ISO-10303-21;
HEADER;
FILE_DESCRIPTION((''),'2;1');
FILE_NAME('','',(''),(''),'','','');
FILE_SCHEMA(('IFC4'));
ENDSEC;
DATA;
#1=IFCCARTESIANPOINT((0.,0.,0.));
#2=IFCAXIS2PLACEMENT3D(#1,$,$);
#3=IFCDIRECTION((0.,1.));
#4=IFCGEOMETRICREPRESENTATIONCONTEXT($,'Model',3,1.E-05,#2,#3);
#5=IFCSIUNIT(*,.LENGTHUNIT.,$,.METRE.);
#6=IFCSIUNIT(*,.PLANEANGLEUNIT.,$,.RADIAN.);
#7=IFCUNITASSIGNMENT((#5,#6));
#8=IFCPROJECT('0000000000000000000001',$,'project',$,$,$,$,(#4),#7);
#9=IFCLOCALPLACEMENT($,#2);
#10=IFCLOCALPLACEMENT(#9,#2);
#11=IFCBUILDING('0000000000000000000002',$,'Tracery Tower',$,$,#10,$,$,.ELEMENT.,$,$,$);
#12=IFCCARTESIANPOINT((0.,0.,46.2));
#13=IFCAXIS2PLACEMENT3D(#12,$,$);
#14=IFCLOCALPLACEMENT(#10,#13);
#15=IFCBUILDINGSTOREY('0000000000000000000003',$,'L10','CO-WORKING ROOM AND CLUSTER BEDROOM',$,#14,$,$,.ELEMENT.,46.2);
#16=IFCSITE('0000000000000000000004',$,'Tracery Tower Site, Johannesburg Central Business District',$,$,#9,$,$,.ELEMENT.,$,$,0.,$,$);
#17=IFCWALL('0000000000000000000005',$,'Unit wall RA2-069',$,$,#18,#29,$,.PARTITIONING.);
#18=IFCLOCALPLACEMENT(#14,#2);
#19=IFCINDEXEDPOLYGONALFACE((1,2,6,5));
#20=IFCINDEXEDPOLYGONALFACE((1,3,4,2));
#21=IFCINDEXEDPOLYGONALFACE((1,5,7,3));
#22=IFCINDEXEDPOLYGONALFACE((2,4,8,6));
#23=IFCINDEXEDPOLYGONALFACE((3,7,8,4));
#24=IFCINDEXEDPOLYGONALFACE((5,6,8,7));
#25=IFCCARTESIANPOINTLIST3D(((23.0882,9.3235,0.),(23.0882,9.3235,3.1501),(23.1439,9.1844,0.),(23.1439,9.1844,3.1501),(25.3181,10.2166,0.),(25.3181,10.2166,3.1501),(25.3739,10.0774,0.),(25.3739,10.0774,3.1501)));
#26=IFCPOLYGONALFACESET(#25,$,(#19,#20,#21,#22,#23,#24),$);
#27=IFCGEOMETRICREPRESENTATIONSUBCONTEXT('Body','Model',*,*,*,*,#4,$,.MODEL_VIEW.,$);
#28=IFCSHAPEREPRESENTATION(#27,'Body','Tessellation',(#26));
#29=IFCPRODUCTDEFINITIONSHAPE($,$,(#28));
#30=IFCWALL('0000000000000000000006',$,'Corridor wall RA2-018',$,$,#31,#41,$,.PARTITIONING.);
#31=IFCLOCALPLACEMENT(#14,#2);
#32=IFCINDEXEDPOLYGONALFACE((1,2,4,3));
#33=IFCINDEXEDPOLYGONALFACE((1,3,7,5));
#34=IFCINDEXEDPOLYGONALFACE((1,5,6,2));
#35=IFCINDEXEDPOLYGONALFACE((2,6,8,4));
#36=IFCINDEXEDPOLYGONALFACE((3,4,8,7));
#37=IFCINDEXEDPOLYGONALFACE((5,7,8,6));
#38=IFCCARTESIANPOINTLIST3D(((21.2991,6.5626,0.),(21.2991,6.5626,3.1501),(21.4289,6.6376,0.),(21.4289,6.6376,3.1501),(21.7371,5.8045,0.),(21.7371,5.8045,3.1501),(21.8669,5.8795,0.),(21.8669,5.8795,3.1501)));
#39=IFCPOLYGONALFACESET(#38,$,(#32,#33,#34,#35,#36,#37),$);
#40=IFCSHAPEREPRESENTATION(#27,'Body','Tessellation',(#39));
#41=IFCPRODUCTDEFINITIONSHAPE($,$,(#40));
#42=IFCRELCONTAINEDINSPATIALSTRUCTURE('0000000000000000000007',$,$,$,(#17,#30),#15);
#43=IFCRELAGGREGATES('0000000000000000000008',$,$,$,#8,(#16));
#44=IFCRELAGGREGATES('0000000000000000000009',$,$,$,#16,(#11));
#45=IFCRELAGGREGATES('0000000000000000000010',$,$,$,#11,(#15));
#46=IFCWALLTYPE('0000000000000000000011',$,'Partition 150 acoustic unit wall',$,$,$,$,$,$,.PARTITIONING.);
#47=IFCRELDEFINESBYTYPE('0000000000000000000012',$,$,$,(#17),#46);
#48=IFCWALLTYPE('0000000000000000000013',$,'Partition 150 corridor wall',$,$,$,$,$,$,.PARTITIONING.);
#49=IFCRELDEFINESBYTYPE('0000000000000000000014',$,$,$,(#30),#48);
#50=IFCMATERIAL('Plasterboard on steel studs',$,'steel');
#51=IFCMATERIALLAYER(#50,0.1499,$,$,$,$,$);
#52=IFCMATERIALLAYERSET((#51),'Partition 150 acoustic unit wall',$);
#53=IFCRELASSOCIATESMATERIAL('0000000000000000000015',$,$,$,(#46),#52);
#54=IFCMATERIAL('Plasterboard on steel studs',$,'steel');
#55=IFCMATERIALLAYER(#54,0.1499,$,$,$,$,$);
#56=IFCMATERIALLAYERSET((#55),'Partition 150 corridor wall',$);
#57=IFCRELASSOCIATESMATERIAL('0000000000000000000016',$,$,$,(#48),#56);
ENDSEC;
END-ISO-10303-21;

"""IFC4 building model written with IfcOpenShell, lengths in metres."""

from ifc_helpers import new_model, si_unit, direction, frame, frame_2d, origin, place, context, subcontext, project, spatial, rectangle, extrude, material, layer, layer_set, type_object, element, save


model = new_model("IFC4")

# Units and contexts
model_context = context("Model", 3, precision=1e-05, world=origin(), true_north=direction((0.0, 1.0)))
body_context = subcontext(model_context, "Body", "Model", "MODEL_VIEW")
ifc_project = project(units=[si_unit("LENGTHUNIT", "METRE"), si_unit("PLANEANGLEUNIT", "RADIAN")], contexts=[model_context])

# Site, building, storey
site_placement = place(None, origin())
site = spatial("IfcSite", under=ifc_project, at=site_placement, Name="Tracery Tower Site, Johannesburg Central Business District", CompositionType="ELEMENT", RefElevation=0.0)
building_placement = place(site_placement, origin())
building = spatial("IfcBuilding", under=site, at=building_placement, Name="Tracery Tower", CompositionType="ELEMENT")
storey_placement = place(building_placement, frame((0.0, 0.0, 46.2)))
storey = spatial("IfcBuildingStorey", under=building, at=storey_placement, Name="L10", Description="CO-WORKING ROOM AND CLUSTER BEDROOM", CompositionType="ELEMENT", Elevation=46.2)

# Walls
ifc_material_1 = material(Name="Plasterboard on steel studs", Category="steel")
ifc_layer_1 = layer(ifc_material_1, 0.1499)
ifc_layer_set_1 = layer_set([ifc_layer_1], Name="Partition 150 acoustic unit wall")
wall_type_1 = type_object("IfcWallType", Name="Partition 150 acoustic unit wall", PredefinedType="PARTITIONING", material=ifc_layer_set_1)
wall_1_placement = place(storey_placement, frame((23.116, 9.2539, 0.0), z_axis=(0.0, 0.0, 1.0), x_axis=(0.928322, 0.371776, 0.0)))
element("IfcWall", 1, at=wall_1_placement, inside=storey, type_object=wall_type_1, Name="Unit wall RA2-069", PredefinedType="PARTITIONING", context=body_context, shape_type="SweptSolid", body=[
    extrude(rectangle(XDim=2.4021, YDim=0.1499, at=frame_2d((1.2012, 0.0))), origin(), (0.0, 0.0, 1.0), 3.1501),
])
ifc_material_2 = material(Name="Plasterboard on steel studs", Category="steel")
ifc_layer_2 = layer(ifc_material_2, 0.1499)
ifc_layer_set_2 = layer_set([ifc_layer_2], Name="Partition 150 corridor wall")
wall_type_2 = type_object("IfcWallType", Name="Partition 150 corridor wall", PredefinedType="PARTITIONING", material=ifc_layer_set_2)
wall_2_placement = place(storey_placement, frame((21.364, 6.6001, 0.0), z_axis=(0.0, 0.0, 1.0), x_axis=(0.500278, -0.865865, 0.0)))
element("IfcWall", 2, at=wall_2_placement, inside=storey, type_object=wall_type_2, Name="Corridor wall RA2-018", PredefinedType="PARTITIONING", context=body_context, shape_type="SweptSolid", body=[
    extrude(rectangle(XDim=0.8755, YDim=0.1499, at=frame_2d((0.4377, 0.0))), origin(), (0.0, 0.0, 1.0), 3.1501),
])

save(model, "model.ifc")
